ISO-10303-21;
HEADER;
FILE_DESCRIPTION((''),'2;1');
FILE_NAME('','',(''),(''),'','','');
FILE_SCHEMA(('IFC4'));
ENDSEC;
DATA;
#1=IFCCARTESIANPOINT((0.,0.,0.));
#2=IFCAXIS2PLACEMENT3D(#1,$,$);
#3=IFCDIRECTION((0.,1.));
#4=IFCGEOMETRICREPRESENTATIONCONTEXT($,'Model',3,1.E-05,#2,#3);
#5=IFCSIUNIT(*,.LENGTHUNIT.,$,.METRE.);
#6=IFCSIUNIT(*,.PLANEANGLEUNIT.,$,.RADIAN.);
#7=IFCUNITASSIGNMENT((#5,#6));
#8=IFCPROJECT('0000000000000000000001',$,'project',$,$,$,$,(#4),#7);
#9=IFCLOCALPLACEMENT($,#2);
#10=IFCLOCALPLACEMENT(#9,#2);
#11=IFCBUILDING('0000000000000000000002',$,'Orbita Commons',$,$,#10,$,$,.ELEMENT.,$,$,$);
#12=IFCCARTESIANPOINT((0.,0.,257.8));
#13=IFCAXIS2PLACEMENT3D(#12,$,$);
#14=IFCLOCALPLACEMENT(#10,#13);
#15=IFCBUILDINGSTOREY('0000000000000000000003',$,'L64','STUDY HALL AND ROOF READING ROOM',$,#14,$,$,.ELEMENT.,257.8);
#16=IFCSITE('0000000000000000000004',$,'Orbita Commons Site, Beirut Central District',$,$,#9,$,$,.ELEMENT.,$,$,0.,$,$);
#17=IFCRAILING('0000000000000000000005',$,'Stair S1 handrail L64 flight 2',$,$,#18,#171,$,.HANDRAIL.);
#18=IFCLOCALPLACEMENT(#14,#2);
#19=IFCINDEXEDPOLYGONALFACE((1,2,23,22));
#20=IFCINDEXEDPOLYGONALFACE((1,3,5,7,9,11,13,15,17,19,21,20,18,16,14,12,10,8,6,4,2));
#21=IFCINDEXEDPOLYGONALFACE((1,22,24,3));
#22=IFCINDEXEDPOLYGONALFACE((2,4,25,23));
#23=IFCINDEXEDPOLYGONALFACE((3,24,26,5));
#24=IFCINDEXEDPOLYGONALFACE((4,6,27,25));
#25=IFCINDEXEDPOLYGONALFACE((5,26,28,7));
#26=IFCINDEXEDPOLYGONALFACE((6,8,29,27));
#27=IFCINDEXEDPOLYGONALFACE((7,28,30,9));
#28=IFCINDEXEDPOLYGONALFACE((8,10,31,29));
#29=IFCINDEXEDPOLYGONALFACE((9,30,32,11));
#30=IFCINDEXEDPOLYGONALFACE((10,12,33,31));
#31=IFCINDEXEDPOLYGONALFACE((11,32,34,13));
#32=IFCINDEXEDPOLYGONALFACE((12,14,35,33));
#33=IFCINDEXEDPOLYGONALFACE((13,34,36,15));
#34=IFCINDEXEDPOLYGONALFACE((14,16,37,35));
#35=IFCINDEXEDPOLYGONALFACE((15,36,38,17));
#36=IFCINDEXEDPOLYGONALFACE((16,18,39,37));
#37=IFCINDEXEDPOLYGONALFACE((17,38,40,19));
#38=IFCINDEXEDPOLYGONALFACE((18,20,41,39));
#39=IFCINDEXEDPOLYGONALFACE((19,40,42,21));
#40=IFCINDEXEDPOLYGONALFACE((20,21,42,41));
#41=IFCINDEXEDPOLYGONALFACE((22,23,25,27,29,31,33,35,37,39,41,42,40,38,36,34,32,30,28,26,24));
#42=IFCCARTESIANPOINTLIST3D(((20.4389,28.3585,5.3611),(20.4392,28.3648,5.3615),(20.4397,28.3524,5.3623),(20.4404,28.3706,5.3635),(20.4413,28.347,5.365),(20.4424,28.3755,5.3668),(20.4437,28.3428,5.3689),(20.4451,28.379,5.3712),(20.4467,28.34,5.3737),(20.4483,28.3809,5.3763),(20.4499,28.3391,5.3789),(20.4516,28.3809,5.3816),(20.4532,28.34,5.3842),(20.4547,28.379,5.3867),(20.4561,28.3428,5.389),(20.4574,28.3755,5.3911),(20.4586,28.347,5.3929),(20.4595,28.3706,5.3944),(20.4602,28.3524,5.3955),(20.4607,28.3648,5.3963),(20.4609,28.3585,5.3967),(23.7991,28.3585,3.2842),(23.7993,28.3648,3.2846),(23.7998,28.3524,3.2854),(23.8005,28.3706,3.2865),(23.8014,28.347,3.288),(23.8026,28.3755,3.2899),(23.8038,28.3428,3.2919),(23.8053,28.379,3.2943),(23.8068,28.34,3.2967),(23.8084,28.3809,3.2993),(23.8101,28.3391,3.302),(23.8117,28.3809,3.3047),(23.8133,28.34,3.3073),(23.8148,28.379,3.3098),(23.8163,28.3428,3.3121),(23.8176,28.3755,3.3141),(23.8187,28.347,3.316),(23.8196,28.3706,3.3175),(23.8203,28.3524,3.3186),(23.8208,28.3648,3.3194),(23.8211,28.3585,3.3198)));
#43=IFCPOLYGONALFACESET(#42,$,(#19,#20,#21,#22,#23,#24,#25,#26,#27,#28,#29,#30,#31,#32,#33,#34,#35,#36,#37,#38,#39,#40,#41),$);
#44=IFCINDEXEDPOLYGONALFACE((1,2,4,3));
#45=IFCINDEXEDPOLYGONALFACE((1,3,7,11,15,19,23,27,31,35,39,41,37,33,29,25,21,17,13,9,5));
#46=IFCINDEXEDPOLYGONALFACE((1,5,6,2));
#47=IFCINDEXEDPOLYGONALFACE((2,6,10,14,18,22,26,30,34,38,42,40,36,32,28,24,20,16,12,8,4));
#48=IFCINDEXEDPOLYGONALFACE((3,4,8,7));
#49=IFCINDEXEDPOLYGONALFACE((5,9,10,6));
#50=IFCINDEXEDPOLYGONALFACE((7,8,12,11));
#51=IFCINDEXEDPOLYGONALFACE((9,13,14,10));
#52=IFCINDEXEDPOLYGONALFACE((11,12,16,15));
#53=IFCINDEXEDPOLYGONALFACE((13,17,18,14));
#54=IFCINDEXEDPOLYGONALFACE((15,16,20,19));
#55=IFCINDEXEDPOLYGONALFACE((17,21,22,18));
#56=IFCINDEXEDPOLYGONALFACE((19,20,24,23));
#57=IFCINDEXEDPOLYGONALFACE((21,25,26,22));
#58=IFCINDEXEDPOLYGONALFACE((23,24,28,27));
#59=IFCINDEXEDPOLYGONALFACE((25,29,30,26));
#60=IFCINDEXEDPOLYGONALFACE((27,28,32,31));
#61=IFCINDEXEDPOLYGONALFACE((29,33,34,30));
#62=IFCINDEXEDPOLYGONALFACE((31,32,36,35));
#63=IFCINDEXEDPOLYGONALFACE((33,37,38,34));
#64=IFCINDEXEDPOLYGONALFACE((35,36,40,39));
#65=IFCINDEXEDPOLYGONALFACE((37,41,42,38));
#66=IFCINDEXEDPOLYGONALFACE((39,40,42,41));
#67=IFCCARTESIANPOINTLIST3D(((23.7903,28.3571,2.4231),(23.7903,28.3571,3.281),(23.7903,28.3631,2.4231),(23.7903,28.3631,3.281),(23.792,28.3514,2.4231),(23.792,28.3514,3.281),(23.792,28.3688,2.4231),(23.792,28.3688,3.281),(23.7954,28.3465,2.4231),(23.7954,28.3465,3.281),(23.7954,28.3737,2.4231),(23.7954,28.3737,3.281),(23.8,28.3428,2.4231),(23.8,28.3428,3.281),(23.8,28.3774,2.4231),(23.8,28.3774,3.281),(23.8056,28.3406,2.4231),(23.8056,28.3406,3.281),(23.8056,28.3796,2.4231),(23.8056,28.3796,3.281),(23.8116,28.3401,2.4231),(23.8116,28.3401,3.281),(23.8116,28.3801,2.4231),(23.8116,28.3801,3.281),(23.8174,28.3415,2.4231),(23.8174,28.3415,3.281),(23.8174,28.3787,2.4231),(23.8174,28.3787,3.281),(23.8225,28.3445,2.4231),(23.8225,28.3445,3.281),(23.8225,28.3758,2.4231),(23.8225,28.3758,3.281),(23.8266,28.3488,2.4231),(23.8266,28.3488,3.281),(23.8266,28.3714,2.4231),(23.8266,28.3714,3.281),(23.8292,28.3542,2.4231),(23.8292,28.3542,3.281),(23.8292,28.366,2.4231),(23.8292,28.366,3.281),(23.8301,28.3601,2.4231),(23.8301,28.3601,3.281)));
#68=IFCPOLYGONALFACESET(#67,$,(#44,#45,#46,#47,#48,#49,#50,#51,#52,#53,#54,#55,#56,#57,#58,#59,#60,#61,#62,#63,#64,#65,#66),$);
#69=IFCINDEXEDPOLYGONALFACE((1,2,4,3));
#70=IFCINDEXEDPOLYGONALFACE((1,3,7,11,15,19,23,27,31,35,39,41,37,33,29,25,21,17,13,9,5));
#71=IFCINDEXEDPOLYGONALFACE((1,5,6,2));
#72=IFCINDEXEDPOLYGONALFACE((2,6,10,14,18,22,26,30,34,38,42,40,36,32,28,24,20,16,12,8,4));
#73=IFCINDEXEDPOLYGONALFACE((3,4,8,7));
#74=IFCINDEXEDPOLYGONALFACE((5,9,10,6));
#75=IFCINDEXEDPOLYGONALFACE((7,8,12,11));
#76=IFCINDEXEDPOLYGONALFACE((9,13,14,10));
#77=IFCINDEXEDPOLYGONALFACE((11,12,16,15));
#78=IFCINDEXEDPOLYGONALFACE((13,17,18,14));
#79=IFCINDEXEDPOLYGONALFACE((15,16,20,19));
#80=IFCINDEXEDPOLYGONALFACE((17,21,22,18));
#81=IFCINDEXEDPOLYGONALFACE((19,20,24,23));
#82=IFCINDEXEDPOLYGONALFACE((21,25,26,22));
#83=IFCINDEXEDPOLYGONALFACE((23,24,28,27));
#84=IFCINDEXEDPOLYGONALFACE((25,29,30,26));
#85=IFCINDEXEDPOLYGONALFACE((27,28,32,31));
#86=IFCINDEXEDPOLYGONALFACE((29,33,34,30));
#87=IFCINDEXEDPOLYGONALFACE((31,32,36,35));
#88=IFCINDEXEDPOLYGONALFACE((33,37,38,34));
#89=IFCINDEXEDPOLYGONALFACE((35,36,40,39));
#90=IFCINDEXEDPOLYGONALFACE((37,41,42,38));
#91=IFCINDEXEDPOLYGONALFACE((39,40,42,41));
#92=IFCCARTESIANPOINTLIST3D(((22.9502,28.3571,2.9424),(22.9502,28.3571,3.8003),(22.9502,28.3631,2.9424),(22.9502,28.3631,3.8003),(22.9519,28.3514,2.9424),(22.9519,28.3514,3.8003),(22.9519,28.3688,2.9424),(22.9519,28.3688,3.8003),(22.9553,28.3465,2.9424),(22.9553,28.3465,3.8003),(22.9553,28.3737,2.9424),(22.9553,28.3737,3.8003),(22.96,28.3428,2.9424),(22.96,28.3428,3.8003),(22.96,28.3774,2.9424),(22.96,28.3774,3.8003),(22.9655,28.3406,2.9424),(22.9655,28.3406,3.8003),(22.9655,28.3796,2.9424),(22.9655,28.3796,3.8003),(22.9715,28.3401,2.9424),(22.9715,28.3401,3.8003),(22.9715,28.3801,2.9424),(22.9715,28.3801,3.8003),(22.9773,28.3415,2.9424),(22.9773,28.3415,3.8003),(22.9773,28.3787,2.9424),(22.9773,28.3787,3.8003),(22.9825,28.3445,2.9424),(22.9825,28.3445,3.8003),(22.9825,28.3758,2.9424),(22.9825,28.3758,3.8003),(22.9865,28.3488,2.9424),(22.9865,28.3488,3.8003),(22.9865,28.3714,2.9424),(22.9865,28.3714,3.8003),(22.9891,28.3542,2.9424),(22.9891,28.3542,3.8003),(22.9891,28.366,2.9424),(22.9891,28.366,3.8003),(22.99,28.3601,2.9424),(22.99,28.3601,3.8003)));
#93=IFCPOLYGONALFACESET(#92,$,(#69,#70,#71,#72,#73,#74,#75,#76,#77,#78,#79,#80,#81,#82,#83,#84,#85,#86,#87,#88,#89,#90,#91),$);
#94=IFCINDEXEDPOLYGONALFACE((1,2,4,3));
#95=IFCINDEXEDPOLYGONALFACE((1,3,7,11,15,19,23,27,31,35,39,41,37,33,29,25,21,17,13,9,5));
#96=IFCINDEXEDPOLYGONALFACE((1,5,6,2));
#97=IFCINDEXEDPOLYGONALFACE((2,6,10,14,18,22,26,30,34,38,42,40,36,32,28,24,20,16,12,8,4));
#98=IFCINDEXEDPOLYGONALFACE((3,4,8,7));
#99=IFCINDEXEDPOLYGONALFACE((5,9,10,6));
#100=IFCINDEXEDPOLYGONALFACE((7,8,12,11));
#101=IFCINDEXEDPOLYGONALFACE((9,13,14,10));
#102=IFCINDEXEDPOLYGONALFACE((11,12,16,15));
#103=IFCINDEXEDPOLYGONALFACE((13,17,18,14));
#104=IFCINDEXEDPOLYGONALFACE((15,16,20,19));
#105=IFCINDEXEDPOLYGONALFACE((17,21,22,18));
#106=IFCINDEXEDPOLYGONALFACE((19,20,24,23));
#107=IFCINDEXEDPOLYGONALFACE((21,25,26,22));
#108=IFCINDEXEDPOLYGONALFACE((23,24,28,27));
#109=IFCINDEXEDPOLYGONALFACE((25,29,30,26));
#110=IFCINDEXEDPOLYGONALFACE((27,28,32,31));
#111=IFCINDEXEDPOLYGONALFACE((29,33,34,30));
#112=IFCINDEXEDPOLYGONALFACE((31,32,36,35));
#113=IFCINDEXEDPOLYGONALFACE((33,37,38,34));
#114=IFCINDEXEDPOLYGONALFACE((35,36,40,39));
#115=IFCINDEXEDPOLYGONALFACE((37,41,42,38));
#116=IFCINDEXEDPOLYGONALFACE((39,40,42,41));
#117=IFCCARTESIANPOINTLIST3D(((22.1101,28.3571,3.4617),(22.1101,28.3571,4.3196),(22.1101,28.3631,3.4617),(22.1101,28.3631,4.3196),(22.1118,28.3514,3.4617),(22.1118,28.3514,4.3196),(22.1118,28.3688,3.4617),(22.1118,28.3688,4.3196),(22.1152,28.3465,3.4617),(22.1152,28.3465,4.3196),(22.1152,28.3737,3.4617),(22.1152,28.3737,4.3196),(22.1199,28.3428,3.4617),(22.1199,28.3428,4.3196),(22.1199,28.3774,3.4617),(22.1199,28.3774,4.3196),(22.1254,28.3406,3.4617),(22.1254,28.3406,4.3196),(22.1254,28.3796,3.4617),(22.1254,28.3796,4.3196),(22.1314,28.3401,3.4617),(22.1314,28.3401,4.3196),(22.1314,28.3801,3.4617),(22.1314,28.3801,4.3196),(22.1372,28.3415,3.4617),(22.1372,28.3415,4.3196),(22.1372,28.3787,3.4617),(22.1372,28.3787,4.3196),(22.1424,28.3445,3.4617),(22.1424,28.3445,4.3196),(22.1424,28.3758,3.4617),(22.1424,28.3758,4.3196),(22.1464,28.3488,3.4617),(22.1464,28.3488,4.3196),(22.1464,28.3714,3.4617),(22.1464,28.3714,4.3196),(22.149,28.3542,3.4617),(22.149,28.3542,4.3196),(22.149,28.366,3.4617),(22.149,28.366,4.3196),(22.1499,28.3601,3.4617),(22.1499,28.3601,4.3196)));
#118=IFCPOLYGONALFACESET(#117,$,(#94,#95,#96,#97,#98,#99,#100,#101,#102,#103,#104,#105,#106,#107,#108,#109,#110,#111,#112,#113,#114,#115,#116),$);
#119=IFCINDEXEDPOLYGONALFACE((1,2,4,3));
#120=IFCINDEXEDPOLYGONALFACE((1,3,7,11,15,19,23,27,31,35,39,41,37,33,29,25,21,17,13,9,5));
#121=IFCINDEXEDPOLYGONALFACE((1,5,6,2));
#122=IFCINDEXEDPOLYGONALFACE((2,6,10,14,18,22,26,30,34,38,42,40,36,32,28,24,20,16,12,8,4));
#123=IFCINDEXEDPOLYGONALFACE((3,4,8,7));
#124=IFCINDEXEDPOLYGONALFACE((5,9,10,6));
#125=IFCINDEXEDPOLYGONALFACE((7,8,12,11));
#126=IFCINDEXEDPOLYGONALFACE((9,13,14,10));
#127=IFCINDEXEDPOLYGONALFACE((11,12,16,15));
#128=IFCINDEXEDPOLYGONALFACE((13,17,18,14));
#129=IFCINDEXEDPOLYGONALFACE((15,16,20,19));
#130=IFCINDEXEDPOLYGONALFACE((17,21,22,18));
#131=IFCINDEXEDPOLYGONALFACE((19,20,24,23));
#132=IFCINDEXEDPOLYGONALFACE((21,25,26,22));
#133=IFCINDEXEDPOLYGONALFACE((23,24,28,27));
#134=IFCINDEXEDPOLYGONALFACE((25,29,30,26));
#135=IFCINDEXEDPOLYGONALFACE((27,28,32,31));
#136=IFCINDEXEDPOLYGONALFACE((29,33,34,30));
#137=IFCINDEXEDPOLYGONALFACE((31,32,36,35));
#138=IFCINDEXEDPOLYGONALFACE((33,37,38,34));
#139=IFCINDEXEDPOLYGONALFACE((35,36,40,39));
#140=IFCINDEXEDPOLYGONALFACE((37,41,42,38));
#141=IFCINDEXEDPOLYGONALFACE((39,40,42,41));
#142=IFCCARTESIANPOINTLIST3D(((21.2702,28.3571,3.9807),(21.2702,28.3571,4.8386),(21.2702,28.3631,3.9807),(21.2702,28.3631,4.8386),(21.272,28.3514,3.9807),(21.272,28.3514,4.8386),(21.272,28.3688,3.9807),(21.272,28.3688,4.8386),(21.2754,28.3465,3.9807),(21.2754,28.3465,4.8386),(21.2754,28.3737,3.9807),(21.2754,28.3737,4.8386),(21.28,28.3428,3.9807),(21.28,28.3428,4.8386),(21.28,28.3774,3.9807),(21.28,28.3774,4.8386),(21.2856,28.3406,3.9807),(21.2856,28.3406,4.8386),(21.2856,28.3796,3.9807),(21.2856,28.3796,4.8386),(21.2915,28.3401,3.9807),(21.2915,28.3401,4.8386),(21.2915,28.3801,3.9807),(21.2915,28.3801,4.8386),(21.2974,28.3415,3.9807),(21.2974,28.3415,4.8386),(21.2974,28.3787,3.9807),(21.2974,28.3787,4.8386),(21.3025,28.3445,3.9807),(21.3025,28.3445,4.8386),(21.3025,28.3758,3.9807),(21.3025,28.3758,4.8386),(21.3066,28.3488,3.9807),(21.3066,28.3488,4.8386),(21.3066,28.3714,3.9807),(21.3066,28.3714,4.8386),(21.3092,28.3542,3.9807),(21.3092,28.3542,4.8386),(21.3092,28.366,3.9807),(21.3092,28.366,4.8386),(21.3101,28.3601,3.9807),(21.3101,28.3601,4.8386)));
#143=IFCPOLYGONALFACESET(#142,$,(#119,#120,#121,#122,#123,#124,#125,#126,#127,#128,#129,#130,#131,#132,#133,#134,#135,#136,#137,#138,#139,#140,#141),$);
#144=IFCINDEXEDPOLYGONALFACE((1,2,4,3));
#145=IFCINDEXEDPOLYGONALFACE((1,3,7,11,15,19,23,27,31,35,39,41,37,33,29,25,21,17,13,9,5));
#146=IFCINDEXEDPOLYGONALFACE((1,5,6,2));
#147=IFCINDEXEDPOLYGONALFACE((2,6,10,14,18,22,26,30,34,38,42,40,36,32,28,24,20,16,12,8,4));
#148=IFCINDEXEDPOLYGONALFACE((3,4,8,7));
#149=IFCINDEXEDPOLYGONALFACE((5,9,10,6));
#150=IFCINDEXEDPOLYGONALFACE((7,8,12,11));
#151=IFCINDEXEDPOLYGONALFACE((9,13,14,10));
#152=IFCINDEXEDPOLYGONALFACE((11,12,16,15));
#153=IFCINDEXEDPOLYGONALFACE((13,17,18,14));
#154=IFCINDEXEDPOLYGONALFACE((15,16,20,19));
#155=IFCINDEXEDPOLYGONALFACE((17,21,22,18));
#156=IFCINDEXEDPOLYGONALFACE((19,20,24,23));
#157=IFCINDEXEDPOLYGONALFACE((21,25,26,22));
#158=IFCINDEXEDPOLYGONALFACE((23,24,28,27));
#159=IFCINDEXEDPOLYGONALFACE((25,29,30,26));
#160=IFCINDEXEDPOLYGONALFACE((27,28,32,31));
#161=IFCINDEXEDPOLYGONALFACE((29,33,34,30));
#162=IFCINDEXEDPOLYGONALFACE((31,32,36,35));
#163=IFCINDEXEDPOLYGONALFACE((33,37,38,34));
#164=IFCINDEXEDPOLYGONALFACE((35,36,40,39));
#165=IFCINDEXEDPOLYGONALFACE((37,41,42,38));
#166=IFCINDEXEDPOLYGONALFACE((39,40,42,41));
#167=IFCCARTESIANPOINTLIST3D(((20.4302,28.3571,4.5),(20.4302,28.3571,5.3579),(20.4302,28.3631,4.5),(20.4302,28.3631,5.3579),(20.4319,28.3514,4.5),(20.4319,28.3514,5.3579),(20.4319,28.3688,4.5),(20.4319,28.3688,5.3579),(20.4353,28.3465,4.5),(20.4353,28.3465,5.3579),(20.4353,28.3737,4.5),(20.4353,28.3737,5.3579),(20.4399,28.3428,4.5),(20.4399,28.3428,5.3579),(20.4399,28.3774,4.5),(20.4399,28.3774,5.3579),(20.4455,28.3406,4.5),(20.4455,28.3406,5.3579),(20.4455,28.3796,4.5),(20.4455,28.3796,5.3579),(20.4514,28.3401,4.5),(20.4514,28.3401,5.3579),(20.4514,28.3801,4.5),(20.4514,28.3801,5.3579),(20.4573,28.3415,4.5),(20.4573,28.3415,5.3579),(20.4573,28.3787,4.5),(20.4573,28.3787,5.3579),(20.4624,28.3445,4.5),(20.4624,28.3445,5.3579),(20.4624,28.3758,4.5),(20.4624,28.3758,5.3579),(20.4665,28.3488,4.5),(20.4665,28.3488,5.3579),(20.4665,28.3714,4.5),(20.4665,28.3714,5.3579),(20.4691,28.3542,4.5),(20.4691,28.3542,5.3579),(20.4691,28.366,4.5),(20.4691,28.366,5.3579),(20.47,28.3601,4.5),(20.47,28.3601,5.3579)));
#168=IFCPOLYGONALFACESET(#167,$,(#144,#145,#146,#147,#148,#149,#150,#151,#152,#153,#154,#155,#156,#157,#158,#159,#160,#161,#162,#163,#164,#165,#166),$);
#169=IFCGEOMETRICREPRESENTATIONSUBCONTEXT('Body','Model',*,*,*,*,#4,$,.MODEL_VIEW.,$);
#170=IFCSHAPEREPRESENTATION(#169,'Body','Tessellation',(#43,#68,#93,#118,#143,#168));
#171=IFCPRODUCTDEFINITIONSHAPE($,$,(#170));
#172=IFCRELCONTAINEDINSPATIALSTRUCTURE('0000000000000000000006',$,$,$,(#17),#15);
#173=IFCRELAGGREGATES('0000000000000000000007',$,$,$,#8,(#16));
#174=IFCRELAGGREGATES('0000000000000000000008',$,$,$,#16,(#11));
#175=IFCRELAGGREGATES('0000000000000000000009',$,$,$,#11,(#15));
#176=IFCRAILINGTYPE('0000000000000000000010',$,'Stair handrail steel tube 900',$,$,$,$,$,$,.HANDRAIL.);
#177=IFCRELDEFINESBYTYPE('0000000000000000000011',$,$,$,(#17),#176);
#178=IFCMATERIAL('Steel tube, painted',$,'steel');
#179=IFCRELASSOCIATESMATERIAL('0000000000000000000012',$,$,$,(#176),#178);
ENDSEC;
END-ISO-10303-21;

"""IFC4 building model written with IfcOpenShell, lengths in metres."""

from ifc_helpers import new_model, si_unit, direction, frame, origin, origin_2d, place, context, subcontext, project, spatial, circle, extrude, material, type_object, element, save


model = new_model("IFC4")

# Units and contexts
model_context = context("Model", 3, precision=1e-05, world=origin(), true_north=direction((0.0, 1.0)))
body_context = subcontext(model_context, "Body", "Model", "MODEL_VIEW")
ifc_project = project(units=[si_unit("LENGTHUNIT", "METRE"), si_unit("PLANEANGLEUNIT", "RADIAN")], contexts=[model_context])

# Site, building, storey
site_placement = place(None, origin())
site = spatial("IfcSite", under=ifc_project, at=site_placement, Name="Orbita Commons Site, Beirut Central District", CompositionType="ELEMENT", RefElevation=0.0)
building_placement = place(site_placement, origin())
building = spatial("IfcBuilding", under=site, at=building_placement, Name="Orbita Commons", CompositionType="ELEMENT")
storey_placement = place(building_placement, frame((0.0, 0.0, 257.8)))
storey = spatial("IfcBuildingStorey", under=building, at=storey_placement, Name="L64", Description="STUDY HALL AND ROOF READING ROOM", CompositionType="ELEMENT", Elevation=257.8)

# Railing
ifc_material_1 = material(Name="Steel tube, painted", Category="steel")
railing_type = type_object("IfcRailingType", Name="Stair handrail steel tube 900", PredefinedType="HANDRAIL", material=ifc_material_1)
for number, where, name in (
    (1, (23.8101, 28.3601, 2.4231), "Stair S1 handrail L64 flight 2"),
):
    element("IfcRailing", number, at=place(storey_placement, frame(where)), inside=storey, type_object=railing_type, Name=name, PredefinedType="HANDRAIL", context=body_context, shape_type="SweptSolid", body=[
        extrude(circle(Radius=0.021, at=origin_2d()), frame((0.0, 0.0, 0.8789), z_axis=(-0.850623, 0.0, 0.525776), x_axis=(0.0, -1.0, 0.0)), (0.0, 0.0, 1.0), 3.9502),
        extrude(circle(Radius=0.02, at=origin_2d()), origin(), (0.0, 0.0, 1.0), 0.8579),
        extrude(circle(Radius=0.02, at=origin_2d()), frame((-0.8401, 0.0, 0.5193)), (0.0, 0.0, 1.0), 0.8579),
        extrude(circle(Radius=0.02, at=origin_2d()), frame((-1.6802, 0.0, 1.0386)), (0.0, 0.0, 1.0), 0.8579),
        extrude(circle(Radius=0.02, at=origin_2d()), frame((-2.52, 0.0, 1.5576)), (0.0, 0.0, 1.0), 0.8579),
        extrude(circle(Radius=0.02, at=origin_2d()), frame((-3.3601, 0.0, 2.0769)), (0.0, 0.0, 1.0), 0.8579),
    ])

save(model, "model.ifc")
